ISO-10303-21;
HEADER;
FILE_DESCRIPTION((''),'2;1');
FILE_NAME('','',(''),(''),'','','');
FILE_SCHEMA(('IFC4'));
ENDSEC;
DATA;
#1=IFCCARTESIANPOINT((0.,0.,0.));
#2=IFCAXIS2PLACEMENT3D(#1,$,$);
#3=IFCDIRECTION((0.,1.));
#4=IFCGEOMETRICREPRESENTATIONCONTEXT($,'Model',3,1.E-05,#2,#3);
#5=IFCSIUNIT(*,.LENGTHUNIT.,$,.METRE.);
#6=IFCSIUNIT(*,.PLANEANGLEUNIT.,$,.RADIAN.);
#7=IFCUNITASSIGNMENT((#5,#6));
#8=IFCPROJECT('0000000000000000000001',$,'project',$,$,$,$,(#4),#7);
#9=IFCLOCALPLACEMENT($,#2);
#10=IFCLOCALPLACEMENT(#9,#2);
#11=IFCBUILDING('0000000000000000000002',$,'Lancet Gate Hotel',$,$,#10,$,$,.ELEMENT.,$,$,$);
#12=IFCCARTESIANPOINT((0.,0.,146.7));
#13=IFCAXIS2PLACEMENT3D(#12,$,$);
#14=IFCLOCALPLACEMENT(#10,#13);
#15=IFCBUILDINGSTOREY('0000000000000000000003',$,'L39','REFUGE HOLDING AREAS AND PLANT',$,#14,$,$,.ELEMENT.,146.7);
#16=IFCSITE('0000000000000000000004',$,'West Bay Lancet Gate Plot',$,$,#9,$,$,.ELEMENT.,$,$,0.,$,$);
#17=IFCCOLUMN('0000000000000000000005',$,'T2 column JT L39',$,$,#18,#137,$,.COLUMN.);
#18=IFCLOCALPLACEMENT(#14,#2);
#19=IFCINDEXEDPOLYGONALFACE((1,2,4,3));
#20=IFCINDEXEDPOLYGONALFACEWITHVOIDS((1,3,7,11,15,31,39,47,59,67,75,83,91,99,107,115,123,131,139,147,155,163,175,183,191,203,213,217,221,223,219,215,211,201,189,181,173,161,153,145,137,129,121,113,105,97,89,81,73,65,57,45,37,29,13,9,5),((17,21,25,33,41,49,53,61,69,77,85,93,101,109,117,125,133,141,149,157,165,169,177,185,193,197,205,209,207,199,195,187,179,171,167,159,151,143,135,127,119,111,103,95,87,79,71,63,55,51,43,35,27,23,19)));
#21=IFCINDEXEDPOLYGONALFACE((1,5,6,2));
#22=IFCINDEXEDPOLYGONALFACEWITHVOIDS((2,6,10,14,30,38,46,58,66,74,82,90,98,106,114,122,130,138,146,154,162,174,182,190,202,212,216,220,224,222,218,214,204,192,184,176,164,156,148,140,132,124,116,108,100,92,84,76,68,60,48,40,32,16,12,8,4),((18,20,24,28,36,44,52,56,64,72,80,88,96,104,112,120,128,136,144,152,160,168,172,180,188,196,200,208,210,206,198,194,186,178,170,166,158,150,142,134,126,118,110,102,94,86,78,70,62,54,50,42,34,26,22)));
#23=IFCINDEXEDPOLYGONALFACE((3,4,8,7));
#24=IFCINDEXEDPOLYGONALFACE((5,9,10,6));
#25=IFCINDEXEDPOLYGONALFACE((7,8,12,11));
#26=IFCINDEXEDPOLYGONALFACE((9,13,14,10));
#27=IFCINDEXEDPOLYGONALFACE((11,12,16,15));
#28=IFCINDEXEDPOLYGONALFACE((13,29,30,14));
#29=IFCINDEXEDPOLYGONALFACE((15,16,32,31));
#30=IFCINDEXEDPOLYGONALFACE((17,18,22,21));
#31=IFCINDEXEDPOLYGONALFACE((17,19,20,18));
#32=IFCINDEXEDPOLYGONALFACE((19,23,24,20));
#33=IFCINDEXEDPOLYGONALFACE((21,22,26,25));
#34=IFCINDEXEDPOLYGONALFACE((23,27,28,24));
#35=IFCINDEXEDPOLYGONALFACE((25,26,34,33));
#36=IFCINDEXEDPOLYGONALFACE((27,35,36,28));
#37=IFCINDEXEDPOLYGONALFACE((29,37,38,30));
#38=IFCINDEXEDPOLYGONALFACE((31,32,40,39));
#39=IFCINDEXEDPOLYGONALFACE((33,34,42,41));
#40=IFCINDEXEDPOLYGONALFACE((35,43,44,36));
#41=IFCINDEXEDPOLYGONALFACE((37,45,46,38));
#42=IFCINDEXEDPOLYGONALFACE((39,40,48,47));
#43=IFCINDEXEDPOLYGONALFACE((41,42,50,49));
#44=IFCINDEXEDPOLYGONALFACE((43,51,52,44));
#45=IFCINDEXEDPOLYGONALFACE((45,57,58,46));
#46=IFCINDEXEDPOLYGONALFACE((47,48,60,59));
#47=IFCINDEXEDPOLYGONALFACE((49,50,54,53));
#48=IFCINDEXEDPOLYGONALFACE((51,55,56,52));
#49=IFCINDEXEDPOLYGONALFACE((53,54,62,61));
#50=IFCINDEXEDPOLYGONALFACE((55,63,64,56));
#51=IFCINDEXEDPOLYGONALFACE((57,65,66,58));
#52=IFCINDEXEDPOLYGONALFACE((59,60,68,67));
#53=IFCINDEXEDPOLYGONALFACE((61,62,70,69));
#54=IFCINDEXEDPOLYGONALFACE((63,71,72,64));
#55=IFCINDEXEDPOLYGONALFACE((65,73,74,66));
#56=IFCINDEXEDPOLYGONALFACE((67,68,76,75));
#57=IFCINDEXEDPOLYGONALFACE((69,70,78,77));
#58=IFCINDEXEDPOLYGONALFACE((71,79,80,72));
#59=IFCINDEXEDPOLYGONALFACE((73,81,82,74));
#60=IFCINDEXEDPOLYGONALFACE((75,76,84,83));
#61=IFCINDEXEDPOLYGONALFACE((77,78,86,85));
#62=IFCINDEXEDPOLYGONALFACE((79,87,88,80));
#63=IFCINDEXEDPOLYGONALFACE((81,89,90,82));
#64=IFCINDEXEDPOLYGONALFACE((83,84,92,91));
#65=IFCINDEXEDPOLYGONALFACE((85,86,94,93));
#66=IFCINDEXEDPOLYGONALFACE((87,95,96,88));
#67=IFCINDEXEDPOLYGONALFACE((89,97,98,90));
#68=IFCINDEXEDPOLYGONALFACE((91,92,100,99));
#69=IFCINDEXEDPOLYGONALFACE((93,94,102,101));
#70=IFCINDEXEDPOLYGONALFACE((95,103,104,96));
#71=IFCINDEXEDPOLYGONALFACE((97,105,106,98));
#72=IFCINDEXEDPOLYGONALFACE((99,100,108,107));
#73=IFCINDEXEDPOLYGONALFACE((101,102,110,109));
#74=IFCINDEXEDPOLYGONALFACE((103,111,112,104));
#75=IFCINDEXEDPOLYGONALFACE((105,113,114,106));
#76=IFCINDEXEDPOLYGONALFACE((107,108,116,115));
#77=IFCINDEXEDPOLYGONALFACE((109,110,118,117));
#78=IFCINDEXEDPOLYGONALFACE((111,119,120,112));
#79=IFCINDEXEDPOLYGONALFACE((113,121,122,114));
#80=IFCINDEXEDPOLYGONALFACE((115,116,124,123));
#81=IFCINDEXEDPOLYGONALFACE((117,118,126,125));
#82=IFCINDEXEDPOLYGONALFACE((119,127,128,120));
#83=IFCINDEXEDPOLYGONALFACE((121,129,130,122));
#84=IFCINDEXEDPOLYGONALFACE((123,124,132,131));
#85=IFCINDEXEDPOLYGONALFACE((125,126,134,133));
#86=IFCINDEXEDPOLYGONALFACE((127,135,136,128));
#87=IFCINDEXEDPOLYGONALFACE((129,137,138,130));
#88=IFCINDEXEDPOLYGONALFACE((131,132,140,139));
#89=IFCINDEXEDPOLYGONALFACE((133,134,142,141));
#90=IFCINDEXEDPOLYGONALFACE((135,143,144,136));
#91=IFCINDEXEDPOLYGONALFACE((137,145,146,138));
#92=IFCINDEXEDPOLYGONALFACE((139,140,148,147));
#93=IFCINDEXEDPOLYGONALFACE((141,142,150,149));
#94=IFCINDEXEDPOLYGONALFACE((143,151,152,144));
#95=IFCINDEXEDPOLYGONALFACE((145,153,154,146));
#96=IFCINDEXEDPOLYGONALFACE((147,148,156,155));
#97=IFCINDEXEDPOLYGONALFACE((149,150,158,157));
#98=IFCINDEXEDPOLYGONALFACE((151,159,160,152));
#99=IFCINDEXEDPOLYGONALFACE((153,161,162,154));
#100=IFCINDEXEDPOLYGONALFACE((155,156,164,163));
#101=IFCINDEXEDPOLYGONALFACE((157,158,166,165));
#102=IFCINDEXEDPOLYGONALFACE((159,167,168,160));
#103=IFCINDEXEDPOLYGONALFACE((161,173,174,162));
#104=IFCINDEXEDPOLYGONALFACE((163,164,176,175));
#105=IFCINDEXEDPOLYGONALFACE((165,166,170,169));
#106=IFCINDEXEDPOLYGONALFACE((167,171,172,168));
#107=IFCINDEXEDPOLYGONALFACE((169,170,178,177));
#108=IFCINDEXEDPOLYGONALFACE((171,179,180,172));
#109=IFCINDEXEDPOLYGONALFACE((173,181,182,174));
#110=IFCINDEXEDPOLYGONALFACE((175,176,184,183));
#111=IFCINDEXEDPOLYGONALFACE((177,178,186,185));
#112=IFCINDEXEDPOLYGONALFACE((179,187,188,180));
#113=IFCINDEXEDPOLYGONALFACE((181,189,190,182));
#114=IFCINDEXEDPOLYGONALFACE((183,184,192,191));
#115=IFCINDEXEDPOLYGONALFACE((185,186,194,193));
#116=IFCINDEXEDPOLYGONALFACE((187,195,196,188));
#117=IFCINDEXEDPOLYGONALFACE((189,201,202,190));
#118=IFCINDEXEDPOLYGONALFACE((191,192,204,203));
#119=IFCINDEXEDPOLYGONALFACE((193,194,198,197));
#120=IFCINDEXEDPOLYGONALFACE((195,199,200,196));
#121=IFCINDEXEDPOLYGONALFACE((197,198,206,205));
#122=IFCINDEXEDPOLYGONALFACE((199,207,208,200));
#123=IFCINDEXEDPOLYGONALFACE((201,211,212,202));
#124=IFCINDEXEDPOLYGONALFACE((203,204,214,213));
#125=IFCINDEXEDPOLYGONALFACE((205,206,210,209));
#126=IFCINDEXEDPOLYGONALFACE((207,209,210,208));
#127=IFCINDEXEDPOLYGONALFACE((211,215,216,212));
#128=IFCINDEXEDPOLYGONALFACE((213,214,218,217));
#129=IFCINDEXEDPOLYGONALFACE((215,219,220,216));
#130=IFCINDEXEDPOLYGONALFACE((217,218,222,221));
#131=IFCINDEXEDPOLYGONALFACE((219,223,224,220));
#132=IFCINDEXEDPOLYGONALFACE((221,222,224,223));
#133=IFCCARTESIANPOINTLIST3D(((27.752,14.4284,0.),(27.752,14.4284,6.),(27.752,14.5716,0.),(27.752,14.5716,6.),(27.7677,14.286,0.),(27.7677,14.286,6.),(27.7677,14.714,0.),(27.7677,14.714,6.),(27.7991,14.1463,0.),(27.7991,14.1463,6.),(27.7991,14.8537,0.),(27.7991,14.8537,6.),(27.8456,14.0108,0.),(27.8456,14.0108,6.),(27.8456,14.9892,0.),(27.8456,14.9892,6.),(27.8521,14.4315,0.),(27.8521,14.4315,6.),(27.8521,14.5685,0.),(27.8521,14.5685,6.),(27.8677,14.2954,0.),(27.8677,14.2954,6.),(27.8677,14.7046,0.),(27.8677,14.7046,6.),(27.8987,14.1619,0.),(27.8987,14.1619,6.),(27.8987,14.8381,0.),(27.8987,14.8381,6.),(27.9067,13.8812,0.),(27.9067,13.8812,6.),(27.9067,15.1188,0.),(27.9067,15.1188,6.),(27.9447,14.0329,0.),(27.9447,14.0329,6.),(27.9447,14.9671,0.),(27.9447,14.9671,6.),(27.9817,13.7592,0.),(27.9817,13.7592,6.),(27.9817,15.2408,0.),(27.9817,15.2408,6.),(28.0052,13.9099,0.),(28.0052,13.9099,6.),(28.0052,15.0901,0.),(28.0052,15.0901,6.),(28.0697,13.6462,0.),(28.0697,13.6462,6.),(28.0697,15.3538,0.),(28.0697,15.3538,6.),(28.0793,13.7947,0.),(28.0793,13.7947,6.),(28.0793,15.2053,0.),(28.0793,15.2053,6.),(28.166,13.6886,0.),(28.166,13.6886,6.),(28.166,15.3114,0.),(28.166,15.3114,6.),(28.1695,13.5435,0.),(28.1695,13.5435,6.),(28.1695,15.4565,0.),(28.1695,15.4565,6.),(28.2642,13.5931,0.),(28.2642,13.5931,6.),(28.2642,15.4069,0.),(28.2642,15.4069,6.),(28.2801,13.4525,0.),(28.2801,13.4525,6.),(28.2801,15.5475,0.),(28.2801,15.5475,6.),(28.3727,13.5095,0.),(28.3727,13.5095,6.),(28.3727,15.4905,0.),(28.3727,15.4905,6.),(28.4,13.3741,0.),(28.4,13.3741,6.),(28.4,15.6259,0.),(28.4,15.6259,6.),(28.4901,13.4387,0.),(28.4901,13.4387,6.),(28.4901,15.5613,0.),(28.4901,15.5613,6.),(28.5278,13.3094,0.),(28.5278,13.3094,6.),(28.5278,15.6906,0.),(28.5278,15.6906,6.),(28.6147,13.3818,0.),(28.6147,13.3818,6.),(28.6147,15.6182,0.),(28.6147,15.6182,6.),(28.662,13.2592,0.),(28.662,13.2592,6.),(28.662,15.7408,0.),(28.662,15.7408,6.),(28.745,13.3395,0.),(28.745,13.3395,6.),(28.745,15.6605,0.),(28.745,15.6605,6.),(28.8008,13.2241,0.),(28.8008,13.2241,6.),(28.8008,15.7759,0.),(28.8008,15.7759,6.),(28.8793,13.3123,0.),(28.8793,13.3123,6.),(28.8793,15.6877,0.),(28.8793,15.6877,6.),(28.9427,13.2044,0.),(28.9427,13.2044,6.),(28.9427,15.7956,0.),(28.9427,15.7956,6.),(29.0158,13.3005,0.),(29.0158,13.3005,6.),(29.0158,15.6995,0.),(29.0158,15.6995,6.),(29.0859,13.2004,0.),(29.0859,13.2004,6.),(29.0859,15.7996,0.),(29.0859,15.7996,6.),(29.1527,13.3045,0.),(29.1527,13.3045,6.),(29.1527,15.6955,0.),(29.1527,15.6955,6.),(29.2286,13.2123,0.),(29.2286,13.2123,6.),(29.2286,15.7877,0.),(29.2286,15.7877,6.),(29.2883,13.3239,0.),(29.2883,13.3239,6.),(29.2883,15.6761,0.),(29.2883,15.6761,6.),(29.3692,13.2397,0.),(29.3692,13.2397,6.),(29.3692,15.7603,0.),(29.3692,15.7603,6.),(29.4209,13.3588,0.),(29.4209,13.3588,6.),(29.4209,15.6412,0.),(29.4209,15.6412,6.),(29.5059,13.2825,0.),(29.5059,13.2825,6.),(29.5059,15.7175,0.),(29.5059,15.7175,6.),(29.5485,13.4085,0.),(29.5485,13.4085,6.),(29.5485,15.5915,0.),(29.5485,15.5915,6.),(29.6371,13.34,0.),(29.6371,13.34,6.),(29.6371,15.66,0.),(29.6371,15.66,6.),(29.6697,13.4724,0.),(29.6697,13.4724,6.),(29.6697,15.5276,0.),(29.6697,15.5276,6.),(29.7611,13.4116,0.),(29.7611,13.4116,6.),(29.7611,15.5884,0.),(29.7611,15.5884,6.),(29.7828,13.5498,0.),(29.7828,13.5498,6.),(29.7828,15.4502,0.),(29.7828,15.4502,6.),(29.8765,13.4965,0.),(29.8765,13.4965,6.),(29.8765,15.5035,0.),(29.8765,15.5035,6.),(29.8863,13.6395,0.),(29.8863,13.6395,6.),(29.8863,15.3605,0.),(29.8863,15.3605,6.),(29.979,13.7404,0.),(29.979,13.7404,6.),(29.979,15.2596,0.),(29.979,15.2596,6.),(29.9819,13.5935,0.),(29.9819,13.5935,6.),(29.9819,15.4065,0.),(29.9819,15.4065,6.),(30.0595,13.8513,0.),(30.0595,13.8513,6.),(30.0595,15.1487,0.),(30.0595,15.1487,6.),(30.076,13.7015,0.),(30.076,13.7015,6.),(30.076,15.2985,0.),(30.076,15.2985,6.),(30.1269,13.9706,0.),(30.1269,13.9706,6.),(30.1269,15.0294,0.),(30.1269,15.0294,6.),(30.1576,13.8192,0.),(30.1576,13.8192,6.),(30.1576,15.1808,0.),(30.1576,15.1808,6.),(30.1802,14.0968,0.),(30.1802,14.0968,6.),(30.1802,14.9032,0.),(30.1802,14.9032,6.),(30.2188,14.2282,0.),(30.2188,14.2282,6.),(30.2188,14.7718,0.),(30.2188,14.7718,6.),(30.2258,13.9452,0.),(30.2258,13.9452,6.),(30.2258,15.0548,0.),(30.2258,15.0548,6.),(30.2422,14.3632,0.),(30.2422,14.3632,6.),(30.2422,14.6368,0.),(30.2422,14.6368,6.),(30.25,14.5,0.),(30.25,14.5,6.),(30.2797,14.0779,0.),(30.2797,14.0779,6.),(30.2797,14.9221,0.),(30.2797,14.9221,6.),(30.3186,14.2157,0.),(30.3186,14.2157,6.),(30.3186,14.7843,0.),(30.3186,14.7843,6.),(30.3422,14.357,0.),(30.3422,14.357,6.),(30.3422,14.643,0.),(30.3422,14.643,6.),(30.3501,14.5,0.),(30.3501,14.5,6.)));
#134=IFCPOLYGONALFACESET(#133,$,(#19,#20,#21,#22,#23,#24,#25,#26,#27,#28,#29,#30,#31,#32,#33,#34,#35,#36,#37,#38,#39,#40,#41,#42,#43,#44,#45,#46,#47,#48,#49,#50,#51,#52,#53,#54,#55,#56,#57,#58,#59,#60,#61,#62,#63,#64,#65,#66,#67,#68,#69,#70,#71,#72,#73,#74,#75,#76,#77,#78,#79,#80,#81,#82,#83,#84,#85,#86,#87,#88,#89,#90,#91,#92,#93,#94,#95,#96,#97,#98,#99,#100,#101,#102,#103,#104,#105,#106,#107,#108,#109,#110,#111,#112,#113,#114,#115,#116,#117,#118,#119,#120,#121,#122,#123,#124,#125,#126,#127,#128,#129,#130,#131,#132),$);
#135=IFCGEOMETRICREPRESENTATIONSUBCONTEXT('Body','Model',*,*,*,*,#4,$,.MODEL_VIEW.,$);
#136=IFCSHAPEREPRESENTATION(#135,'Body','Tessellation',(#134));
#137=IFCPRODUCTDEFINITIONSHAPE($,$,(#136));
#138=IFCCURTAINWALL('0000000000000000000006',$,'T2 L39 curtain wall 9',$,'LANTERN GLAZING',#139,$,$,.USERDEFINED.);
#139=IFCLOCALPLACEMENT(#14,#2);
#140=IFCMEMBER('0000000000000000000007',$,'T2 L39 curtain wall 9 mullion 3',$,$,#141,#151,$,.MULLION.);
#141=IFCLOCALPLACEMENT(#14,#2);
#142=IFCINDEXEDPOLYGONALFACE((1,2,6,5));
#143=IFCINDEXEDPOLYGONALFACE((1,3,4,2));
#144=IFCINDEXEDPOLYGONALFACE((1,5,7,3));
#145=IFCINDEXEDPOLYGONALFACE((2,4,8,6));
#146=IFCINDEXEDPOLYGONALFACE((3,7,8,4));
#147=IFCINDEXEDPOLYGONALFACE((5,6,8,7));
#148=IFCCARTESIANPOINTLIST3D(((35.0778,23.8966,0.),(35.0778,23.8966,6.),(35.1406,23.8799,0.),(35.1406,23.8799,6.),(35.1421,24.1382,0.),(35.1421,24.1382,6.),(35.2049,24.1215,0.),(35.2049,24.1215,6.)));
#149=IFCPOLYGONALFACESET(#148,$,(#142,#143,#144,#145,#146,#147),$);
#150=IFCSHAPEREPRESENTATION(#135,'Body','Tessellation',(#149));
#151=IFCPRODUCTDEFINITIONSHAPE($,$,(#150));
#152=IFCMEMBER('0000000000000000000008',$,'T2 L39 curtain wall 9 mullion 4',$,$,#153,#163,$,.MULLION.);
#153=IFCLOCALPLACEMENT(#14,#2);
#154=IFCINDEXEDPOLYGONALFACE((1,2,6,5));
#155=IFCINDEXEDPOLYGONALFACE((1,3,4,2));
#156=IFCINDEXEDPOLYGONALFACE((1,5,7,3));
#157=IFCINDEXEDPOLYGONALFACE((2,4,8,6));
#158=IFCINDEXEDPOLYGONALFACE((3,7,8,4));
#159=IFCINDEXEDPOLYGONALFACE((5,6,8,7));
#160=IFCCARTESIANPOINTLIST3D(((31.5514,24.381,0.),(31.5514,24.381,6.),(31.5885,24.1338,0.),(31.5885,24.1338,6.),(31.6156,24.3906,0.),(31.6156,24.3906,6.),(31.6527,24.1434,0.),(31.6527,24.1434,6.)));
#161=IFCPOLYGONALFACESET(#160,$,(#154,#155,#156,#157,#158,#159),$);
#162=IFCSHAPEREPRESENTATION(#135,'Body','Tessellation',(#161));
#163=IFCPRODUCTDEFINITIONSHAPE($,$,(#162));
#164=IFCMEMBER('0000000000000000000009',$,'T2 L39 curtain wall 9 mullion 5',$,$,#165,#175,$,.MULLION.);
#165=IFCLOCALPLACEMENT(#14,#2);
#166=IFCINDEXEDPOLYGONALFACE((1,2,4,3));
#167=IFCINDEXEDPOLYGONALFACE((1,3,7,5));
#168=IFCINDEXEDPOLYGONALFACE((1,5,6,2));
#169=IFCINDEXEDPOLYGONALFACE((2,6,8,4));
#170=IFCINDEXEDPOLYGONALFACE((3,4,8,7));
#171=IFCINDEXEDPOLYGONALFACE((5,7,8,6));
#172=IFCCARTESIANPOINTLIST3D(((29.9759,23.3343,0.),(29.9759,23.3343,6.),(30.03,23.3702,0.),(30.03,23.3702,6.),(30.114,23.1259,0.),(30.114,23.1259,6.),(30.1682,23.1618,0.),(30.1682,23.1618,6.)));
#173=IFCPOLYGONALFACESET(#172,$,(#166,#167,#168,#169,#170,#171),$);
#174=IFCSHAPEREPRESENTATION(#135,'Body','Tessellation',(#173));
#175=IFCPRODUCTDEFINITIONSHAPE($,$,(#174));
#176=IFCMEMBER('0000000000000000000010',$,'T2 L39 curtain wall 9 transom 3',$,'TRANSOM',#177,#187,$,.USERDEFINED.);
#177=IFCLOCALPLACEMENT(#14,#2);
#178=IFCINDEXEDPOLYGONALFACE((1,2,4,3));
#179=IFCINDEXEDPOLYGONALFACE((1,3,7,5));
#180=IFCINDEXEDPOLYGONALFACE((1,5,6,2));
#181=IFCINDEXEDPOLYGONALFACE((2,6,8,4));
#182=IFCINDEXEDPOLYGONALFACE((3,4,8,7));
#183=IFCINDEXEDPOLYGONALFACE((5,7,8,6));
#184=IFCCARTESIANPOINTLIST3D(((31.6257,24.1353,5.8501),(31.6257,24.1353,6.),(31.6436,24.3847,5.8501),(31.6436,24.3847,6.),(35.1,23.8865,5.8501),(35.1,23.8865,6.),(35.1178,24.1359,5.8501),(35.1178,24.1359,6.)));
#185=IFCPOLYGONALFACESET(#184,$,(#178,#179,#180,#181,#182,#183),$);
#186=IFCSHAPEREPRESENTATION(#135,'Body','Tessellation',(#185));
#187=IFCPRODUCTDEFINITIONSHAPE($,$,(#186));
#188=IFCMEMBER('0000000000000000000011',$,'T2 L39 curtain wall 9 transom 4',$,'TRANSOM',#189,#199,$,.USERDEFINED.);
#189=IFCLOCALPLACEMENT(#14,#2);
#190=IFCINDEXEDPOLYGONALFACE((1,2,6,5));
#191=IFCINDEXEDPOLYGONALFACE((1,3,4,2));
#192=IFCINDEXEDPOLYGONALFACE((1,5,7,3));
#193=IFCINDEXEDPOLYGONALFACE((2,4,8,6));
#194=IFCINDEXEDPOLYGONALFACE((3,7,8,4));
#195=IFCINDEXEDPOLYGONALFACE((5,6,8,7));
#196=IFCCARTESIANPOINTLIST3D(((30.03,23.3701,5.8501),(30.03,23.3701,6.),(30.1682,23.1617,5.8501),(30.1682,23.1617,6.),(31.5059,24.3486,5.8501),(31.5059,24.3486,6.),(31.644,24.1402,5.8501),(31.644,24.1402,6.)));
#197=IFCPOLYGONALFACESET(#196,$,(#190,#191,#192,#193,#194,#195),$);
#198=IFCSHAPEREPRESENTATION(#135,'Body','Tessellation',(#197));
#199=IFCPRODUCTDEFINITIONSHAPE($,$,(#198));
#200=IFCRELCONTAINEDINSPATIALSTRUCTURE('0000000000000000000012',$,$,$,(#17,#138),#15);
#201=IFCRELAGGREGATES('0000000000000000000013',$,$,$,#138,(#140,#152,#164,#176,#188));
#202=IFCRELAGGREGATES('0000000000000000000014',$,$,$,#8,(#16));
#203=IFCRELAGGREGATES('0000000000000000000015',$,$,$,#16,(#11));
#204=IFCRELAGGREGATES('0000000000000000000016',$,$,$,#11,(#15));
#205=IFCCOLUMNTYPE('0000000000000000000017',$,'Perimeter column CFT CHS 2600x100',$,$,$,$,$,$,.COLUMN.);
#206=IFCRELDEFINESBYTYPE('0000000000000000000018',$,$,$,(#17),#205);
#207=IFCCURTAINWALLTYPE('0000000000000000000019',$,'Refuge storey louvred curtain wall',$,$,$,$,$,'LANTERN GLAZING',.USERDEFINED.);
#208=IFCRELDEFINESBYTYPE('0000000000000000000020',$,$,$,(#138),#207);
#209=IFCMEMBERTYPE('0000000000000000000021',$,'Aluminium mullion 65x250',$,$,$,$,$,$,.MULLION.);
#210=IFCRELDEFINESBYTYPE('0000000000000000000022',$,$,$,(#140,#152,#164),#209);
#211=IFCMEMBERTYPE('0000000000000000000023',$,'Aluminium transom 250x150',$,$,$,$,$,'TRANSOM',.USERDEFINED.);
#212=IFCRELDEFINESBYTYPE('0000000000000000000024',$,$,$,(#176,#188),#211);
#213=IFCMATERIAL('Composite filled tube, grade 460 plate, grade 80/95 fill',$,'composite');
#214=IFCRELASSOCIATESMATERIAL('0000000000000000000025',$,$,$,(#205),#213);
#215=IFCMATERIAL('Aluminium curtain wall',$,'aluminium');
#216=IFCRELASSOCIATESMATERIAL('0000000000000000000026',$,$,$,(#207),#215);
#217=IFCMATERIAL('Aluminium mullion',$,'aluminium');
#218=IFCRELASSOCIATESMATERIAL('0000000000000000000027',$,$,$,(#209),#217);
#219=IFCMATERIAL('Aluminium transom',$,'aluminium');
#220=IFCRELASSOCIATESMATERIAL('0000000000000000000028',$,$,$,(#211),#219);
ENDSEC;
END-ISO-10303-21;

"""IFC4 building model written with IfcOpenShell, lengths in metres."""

from ifc_helpers import new_model, si_unit, direction, frame, origin, origin_2d, place, context, subcontext, project, spatial, rectangle, hollow_circle, extrude, material, material_profile, profile_set, type_object, element, aggregate, save


model = new_model("IFC4")

# Units and contexts
model_context = context("Model", 3, precision=1e-05, world=origin(), true_north=direction((0.0, 1.0)))
body_context = subcontext(model_context, "Body", "Model", "MODEL_VIEW")
ifc_project = project(units=[si_unit("LENGTHUNIT", "METRE"), si_unit("PLANEANGLEUNIT", "RADIAN")], contexts=[model_context])

# Site, building, storey
site_placement = place(None, origin())
site = spatial("IfcSite", under=ifc_project, at=site_placement, Name="West Bay Lancet Gate Plot", CompositionType="ELEMENT", RefElevation=0.0)
building_placement = place(site_placement, origin())
building = spatial("IfcBuilding", under=site, at=building_placement, Name="Lancet Gate Hotel", CompositionType="ELEMENT")
storey_placement = place(building_placement, frame((0.0, 0.0, 146.7)))
storey = spatial("IfcBuildingStorey", under=building, at=storey_placement, Name="L39", Description="REFUGE HOLDING AREAS AND PLANT", CompositionType="ELEMENT", Elevation=146.7)

# Column
ifc_material_1 = material(Name="Composite filled tube, grade 460 plate, grade 80/95 fill", Category="composite")
ifc_material_profile_1 = material_profile(ifc_material_1, hollow_circle(Radius=1.3, WallThickness=0.1001, at=origin_2d()), Name="CHS 2600x100")
ifc_profile_set_1 = profile_set([ifc_material_profile_1], Name="Composite filled tube, grade 460 plate, grade 80/95 fill")
column_type = type_object("IfcColumnType", Name="Perimeter column CFT CHS 2600x100", PredefinedType="COLUMN", material=ifc_profile_set_1)
column_placement = place(storey_placement, frame((29.05, 14.5, 0.0), z_axis=(0.0, 0.0, 1.0), x_axis=(1.0, 0.0, 0.0)))
element("IfcColumn", 1, at=column_placement, inside=storey, type_object=column_type, Name="T2 column JT L39", PredefinedType="COLUMN", context=body_context, shape_type="SweptSolid", body=[
    extrude(hollow_circle(Radius=1.3, WallThickness=0.1001, at=origin_2d()), origin(), (0.0, 0.0, 1.0), 6.0),
])

# Curtain wall, members
ifc_material_2 = material(Name="Aluminium curtain wall", Category="aluminium")
curtain_wall_type = type_object("IfcCurtainWallType", Name="Refuge storey louvred curtain wall", ElementType="LANTERN GLAZING", PredefinedType="USERDEFINED", material=ifc_material_2)
curtain_wall_placement = place(storey_placement, origin())
curtain_wall = element("IfcCurtainWall", 2, at=curtain_wall_placement, inside=storey, type_object=curtain_wall_type, Name="T2 L39 curtain wall 9", ObjectType="LANTERN GLAZING", PredefinedType="USERDEFINED")
ifc_material_3 = material(Name="Aluminium mullion", Category="aluminium")
ifc_material_profile_2 = material_profile(ifc_material_3, rectangle(XDim=0.0649, YDim=0.25, at=origin_2d()), Name="MULLION 65x250")
ifc_profile_set_2 = profile_set([ifc_material_profile_2], Name="Aluminium mullion")
member_type_1 = type_object("IfcMemberType", Name="Aluminium mullion 65x250", PredefinedType="MULLION", material=ifc_profile_set_2)
member_1_placement = place(storey_placement, frame((35.1414, 24.009, 0.0), z_axis=(0.0, 0.0, 1.0), x_axis=(-0.966317, 0.257353, 0.0)))
member_1 = element("IfcMember", 3, at=member_1_placement, type_object=member_type_1, Name="T2 L39 curtain wall 9 mullion 3", PredefinedType="MULLION", context=body_context, shape_type="SweptSolid", body=[
    extrude(rectangle(XDim=0.0649, YDim=0.25, at=origin_2d()), origin(), (0.0, 0.0, 1.0), 6.0),
])
member_2_placement = place(storey_placement, frame((31.6021, 24.2622, 0.0), z_axis=(0.0, 0.0, 1.0), x_axis=(-0.988919, -0.148456, 0.0)))
member_2 = element("IfcMember", 4, at=member_2_placement, type_object=member_type_1, Name="T2 L39 curtain wall 9 mullion 4", PredefinedType="MULLION", context=body_context, shape_type="SweptSolid", body=[
    extrude(rectangle(XDim=0.0649, YDim=0.25, at=origin_2d()), origin(), (0.0, 0.0, 1.0), 6.0),
])
member_3_placement = place(storey_placement, frame((30.072, 23.248, 0.0), z_axis=(0.0, 0.0, 1.0), x_axis=(-0.833465, -0.552573, 0.0)))
member_3 = element("IfcMember", 5, at=member_3_placement, type_object=member_type_1, Name="T2 L39 curtain wall 9 mullion 5", PredefinedType="MULLION", context=body_context, shape_type="SweptSolid", body=[
    extrude(rectangle(XDim=0.0649, YDim=0.25, at=origin_2d()), origin(), (0.0, 0.0, 1.0), 6.0),
])
ifc_material_4 = material(Name="Aluminium transom", Category="aluminium")
ifc_material_profile_3 = material_profile(ifc_material_4, rectangle(XDim=0.25, YDim=0.1499, at=origin_2d()), Name="TRANSOM 250x150")
ifc_profile_set_3 = profile_set([ifc_material_profile_3], Name="Aluminium transom")
member_type_2 = type_object("IfcMemberType", Name="Aluminium transom 250x150", ElementType="TRANSOM", PredefinedType="USERDEFINED", material=ifc_profile_set_3)
member_4_placement = place(storey_placement, frame((35.1089, 24.0112, 5.925), z_axis=(-0.997446, 0.071421, 0.0), x_axis=(-0.071421, -0.997446, 0.0)))
member_4 = element("IfcMember", 6, at=member_4_placement, type_object=member_type_2, Name="T2 L39 curtain wall 9 transom 3", ObjectType="TRANSOM", PredefinedType="USERDEFINED", context=body_context, shape_type="SweptSolid", body=[
    extrude(rectangle(XDim=0.25, YDim=0.1499, at=origin_2d()), origin(), (0.0, 0.0, 1.0), 3.4832),
])
member_5_placement = place(storey_placement, frame((31.575, 24.2444, 5.925), z_axis=(-0.833448, -0.552599, 0.0), x_axis=(0.552599, -0.833448, 0.0)))
member_5 = element("IfcMember", 7, at=member_5_placement, type_object=member_type_2, Name="T2 L39 curtain wall 9 transom 4", ObjectType="TRANSOM", PredefinedType="USERDEFINED", context=body_context, shape_type="SweptSolid", body=[
    extrude(rectangle(XDim=0.25, YDim=0.1499, at=origin_2d()), origin(), (0.0, 0.0, 1.0), 1.7708),
])

aggregate(curtain_wall, [member_1, member_2, member_3, member_4, member_5])

save(model, "model.ifc")
